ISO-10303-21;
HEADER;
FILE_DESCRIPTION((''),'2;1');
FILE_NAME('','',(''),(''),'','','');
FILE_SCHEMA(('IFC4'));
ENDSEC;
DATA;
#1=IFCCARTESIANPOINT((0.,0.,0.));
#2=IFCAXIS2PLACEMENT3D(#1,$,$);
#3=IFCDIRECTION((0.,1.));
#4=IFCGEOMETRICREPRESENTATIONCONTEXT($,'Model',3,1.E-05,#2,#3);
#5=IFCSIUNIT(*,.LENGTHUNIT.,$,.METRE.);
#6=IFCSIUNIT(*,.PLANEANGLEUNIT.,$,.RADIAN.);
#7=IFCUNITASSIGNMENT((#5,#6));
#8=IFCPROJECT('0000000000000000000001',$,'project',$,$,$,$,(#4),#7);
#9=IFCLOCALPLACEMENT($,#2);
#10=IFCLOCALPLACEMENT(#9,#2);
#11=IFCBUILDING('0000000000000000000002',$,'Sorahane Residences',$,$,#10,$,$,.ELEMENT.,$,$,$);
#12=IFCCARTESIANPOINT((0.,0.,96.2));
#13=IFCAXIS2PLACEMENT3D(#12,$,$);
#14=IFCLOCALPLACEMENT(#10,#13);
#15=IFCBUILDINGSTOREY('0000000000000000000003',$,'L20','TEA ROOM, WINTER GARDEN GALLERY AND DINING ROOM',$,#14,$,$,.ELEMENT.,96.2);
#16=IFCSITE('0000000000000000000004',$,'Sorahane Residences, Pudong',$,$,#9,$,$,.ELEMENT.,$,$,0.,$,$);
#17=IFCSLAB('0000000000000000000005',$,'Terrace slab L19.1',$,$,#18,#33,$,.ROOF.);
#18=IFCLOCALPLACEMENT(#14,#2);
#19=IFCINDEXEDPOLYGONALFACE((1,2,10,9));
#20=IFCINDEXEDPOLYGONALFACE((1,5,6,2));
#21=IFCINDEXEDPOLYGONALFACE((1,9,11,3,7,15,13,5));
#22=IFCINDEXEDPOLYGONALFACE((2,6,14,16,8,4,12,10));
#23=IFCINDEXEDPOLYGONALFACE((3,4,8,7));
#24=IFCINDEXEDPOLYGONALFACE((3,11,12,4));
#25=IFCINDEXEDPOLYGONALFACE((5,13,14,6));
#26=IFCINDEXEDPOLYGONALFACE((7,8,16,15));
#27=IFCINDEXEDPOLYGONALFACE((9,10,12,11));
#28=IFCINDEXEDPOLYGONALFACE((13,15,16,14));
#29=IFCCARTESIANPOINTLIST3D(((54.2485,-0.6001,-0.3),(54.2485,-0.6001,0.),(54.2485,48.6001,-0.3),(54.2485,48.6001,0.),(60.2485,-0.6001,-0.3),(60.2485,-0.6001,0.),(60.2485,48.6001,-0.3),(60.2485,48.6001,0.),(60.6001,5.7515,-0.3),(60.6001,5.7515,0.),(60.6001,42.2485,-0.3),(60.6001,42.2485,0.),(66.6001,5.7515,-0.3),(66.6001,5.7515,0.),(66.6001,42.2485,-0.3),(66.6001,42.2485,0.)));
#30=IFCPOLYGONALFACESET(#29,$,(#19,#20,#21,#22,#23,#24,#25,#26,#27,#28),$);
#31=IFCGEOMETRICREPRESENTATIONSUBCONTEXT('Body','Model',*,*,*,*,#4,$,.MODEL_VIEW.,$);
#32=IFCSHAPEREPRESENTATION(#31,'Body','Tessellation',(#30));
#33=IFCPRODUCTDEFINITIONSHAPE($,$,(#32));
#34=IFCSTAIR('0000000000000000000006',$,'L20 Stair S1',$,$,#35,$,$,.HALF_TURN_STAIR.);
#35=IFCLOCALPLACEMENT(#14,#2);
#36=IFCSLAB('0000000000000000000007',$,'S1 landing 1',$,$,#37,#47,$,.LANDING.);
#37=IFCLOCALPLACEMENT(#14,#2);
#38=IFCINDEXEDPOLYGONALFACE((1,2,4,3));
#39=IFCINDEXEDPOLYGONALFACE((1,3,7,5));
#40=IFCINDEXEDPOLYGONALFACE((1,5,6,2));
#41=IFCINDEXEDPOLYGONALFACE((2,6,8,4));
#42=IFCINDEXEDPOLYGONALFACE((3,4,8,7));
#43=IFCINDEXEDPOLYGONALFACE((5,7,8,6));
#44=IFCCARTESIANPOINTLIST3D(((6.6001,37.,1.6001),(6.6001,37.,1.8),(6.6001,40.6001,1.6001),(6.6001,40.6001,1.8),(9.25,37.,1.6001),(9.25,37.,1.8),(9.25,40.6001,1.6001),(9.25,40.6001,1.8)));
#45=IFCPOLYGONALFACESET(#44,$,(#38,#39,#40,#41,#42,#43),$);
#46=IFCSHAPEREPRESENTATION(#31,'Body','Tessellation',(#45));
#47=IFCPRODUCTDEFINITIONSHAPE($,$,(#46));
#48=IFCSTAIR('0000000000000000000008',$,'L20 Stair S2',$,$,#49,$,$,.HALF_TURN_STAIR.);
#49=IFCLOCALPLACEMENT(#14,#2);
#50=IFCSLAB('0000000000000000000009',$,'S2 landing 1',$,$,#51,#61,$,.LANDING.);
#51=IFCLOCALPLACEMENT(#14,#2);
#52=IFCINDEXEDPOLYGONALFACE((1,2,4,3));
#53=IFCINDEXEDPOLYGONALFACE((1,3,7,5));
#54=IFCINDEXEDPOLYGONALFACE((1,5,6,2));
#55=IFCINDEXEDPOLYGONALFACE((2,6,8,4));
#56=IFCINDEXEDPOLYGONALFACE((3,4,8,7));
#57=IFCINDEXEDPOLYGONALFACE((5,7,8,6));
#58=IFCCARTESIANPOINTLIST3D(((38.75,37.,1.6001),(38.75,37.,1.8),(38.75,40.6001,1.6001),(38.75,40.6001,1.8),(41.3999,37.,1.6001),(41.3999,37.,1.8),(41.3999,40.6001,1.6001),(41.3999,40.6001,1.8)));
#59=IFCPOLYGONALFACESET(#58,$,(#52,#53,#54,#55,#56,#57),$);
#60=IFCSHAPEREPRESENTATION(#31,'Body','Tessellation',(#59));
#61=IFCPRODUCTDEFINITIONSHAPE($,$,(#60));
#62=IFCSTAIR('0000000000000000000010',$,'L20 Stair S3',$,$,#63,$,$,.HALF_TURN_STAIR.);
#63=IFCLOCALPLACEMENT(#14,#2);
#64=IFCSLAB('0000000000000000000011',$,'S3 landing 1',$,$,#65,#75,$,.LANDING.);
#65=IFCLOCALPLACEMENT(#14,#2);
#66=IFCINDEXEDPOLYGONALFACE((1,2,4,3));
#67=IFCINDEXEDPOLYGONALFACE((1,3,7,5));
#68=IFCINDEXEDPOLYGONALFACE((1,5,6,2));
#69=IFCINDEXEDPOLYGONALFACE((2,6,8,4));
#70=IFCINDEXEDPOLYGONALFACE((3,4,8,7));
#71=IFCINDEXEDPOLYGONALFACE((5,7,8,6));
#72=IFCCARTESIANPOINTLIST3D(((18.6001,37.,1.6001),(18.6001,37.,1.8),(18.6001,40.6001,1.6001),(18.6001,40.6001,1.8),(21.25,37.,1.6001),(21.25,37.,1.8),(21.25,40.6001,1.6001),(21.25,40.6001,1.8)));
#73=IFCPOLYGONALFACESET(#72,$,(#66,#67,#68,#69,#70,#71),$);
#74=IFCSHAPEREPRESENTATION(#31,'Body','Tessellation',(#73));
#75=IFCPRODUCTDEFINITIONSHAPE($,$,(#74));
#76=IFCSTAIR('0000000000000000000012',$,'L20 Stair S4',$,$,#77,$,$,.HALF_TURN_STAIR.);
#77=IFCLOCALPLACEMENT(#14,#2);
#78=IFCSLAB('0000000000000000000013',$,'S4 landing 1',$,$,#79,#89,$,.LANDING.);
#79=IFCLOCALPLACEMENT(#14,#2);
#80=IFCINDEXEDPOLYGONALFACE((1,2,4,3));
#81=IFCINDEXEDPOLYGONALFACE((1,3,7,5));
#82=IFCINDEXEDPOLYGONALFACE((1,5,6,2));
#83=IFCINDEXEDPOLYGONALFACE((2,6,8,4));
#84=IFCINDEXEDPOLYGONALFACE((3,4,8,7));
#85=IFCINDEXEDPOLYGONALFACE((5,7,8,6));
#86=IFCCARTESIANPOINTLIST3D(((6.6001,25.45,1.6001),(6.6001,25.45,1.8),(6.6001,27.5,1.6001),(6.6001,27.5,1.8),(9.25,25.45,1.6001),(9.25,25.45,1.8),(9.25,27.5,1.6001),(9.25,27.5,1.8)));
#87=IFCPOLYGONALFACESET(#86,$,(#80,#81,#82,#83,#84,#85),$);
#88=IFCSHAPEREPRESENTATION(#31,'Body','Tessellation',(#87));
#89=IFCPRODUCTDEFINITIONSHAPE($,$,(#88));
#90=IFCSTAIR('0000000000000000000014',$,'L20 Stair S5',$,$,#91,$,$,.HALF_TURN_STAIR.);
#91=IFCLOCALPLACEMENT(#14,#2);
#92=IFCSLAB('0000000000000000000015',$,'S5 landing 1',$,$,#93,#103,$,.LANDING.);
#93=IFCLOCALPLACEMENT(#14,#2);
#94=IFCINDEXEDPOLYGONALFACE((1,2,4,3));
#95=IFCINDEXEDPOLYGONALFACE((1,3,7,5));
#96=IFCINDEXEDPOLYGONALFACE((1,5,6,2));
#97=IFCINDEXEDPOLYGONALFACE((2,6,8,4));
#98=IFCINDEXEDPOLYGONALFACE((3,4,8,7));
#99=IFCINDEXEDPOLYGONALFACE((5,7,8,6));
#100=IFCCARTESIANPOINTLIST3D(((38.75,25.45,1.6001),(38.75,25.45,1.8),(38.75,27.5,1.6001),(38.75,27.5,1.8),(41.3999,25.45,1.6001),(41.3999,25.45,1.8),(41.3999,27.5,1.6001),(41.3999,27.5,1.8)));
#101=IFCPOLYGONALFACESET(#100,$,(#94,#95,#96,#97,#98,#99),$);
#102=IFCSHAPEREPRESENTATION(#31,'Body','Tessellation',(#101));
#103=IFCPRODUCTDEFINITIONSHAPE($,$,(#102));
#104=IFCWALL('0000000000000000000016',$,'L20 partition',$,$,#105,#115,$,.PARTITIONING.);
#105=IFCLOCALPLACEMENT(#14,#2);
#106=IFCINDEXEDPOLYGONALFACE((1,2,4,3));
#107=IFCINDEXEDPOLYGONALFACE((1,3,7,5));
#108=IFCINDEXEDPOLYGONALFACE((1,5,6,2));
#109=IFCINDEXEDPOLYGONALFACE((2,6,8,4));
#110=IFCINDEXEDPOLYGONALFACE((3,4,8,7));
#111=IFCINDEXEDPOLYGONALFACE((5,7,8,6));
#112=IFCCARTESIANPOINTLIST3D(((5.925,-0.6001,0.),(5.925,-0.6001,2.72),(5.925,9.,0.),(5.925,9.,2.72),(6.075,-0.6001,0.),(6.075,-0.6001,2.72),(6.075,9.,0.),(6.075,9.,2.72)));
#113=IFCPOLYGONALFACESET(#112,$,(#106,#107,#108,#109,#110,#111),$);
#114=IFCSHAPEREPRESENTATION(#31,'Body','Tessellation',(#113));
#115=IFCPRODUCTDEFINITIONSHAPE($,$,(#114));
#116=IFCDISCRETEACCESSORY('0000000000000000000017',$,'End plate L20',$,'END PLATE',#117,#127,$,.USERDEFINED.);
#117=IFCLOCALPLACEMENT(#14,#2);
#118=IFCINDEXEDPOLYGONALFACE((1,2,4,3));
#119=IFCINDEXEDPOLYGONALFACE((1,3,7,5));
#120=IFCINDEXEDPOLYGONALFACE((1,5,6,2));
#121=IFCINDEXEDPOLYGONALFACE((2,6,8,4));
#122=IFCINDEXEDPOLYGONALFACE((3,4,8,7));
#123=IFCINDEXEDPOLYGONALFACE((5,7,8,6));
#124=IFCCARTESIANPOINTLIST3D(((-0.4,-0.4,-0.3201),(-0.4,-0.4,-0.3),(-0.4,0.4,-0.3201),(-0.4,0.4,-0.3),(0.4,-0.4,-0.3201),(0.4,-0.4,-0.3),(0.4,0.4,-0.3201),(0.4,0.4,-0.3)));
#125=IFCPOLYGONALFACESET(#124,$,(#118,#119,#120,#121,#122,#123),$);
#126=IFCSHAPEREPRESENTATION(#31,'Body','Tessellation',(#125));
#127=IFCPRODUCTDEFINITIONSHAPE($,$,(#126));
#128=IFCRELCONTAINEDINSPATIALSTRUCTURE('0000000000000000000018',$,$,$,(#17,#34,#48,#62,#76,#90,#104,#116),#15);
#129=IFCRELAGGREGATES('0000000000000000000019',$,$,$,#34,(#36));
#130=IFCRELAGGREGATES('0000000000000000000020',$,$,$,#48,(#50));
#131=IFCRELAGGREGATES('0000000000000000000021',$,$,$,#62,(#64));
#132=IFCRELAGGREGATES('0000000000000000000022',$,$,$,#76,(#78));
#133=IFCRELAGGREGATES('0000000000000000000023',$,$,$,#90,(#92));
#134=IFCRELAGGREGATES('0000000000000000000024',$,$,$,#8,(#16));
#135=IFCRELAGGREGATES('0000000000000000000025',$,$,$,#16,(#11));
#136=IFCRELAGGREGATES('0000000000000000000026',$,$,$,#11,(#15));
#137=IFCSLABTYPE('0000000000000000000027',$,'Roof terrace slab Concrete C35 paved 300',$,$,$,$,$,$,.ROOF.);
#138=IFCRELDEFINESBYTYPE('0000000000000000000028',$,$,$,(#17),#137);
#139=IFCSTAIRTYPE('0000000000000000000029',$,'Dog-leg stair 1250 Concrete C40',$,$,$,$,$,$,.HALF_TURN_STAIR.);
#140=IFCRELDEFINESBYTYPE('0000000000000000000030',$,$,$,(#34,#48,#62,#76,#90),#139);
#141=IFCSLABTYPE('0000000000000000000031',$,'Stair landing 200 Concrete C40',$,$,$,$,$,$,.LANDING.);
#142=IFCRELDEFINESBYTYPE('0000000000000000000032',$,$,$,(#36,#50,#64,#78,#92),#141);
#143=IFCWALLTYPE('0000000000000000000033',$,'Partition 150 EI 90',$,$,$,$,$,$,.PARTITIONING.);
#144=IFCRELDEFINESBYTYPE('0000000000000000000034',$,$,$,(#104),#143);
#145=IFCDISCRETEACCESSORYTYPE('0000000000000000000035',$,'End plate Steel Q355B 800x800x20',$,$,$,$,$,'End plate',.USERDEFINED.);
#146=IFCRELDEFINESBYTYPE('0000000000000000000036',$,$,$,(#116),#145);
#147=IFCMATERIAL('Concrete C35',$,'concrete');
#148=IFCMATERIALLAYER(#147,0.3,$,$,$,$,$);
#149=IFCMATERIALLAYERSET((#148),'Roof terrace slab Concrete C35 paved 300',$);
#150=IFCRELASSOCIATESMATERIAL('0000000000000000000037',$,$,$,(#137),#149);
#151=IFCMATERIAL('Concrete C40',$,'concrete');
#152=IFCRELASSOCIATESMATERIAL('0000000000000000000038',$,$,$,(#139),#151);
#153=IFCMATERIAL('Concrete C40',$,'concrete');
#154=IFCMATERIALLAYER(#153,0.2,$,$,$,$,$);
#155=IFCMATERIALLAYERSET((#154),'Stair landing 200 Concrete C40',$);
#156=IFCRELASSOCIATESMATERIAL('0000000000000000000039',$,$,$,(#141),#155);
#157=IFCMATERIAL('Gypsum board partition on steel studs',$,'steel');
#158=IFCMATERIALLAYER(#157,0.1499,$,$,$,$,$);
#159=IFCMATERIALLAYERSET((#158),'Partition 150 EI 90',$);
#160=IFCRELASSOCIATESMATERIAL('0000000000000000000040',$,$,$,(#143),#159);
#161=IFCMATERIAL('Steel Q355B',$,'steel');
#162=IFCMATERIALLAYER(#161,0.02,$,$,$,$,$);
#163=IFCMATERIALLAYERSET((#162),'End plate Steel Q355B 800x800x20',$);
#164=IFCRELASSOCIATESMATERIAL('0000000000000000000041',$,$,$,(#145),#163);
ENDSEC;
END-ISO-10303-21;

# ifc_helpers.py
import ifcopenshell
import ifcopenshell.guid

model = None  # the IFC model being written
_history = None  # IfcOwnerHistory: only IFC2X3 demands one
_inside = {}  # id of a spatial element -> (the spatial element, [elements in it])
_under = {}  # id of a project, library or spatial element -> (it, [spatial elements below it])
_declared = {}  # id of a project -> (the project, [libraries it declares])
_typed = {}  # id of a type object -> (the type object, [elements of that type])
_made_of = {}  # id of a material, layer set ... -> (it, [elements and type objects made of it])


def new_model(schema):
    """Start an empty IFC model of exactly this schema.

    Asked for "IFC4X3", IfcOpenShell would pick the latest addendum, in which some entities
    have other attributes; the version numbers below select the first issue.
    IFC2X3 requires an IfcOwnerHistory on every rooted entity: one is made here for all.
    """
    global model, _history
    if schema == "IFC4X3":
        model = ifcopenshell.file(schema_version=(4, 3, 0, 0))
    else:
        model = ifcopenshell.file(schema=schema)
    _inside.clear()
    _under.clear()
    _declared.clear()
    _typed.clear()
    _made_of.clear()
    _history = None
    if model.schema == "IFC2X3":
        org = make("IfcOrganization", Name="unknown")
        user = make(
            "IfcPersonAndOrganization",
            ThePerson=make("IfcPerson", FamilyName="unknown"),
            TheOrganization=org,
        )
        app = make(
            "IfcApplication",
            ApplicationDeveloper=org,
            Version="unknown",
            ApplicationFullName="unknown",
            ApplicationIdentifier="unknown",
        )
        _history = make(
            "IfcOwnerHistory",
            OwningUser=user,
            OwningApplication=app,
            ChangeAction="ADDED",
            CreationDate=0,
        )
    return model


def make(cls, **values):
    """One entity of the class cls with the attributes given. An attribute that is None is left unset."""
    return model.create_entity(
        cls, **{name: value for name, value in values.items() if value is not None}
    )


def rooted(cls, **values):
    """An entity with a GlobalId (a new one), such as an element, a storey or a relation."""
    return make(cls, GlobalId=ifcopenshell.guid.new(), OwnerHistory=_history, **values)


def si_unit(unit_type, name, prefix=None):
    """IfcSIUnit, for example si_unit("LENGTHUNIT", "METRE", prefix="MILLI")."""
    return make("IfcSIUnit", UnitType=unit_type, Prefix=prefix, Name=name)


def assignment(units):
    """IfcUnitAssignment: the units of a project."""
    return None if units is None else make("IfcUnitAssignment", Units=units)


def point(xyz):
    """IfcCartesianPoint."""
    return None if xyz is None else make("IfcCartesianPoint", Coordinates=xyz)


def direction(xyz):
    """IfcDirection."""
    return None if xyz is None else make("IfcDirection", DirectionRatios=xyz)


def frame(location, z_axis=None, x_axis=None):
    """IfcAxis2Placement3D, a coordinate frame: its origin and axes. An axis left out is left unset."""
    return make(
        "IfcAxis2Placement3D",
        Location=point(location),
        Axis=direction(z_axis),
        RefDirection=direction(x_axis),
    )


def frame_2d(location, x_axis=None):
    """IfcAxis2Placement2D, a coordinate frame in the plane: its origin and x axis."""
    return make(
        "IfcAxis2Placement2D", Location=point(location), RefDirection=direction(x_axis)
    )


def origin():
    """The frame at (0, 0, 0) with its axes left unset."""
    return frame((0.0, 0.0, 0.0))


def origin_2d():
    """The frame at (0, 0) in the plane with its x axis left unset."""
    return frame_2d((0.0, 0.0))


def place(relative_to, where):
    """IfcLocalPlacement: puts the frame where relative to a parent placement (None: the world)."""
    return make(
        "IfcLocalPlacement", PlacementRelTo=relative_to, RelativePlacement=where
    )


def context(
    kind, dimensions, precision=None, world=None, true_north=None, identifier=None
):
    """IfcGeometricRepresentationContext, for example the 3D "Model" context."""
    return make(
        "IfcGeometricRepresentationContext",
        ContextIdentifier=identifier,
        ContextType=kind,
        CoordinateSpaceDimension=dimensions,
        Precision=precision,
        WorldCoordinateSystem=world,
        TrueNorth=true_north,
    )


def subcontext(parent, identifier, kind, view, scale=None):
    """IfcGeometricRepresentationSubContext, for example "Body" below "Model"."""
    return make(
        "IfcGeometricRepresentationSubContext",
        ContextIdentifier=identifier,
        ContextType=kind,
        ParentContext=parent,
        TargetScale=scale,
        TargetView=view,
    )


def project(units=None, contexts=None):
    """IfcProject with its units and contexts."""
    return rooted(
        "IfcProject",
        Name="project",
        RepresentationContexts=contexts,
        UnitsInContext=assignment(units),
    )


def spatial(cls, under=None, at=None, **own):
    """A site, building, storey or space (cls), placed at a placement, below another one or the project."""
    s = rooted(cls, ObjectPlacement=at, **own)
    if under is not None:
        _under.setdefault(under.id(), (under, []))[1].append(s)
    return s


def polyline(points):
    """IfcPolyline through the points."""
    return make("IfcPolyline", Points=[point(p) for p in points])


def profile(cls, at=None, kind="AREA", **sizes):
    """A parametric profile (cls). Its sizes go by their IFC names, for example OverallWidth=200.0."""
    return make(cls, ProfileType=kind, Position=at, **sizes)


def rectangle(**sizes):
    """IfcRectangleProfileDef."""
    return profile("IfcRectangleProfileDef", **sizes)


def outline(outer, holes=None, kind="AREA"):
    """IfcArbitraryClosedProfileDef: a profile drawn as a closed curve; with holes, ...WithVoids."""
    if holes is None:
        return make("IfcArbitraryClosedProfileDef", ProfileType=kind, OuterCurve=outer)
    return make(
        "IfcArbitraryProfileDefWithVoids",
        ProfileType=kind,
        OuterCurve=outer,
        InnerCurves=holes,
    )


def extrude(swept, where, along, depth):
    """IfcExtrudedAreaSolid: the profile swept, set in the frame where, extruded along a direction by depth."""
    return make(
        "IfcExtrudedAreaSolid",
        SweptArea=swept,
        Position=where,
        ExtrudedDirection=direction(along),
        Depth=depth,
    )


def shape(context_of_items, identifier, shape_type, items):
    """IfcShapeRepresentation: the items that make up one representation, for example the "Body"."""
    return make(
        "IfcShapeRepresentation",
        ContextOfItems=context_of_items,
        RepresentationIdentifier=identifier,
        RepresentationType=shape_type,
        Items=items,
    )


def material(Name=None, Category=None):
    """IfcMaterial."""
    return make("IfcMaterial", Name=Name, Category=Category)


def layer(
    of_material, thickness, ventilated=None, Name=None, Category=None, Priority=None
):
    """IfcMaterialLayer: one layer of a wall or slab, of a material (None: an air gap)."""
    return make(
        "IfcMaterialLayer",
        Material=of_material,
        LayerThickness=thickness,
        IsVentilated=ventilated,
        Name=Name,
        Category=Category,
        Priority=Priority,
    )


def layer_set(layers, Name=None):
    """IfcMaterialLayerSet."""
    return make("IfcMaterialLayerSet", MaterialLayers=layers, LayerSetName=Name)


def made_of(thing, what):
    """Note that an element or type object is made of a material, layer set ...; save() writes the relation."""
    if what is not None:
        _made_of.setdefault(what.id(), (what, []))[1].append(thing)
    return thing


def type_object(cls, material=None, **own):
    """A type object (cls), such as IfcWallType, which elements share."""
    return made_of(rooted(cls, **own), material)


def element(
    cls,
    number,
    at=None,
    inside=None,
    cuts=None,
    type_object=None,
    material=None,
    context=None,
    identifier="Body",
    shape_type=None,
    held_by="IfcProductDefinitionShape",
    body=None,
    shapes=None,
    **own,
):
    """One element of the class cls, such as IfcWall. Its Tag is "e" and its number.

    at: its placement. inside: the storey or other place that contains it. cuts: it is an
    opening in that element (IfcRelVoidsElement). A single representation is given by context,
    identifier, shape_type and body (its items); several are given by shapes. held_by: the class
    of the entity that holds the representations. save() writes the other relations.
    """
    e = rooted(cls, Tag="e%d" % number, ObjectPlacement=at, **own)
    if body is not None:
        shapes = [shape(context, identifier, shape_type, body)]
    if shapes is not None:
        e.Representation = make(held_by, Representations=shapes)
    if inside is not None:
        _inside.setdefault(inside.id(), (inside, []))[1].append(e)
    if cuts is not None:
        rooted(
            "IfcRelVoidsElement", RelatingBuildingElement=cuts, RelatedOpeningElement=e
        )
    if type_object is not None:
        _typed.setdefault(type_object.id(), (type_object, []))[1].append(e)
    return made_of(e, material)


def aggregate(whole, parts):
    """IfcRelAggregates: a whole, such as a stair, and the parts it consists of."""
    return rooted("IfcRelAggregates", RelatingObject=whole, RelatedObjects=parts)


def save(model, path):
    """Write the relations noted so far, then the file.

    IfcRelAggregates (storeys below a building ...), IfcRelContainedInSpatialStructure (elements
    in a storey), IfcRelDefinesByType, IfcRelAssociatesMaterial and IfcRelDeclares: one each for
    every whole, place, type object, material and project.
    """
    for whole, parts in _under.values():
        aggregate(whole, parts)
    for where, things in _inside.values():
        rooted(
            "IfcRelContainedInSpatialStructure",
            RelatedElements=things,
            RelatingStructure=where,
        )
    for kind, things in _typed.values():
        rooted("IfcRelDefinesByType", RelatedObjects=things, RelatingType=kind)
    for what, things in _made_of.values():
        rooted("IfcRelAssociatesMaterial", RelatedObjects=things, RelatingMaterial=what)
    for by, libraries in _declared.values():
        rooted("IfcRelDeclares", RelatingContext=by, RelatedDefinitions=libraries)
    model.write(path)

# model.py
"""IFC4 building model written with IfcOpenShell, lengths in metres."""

from ifc_helpers import new_model, si_unit, direction, frame, frame_2d, origin, origin_2d, place, context, subcontext, project, spatial, polyline, rectangle, outline, extrude, material, layer, layer_set, type_object, element, aggregate, save


model = new_model("IFC4")

# Units and contexts
model_context = context("Model", 3, precision=1e-05, world=origin(), true_north=direction((0.0, 1.0)))
body_context = subcontext(model_context, "Body", "Model", "MODEL_VIEW")
ifc_project = project(units=[si_unit("LENGTHUNIT", "METRE"), si_unit("PLANEANGLEUNIT", "RADIAN")], contexts=[model_context])

# Site, building, storey
site_placement = place(None, origin())
site = spatial("IfcSite", under=ifc_project, at=site_placement, Name="Sorahane Residences, Pudong", CompositionType="ELEMENT", RefElevation=0.0)
building_placement = place(site_placement, origin())
building = spatial("IfcBuilding", under=site, at=building_placement, Name="Sorahane Residences", CompositionType="ELEMENT")
storey_placement = place(building_placement, frame((0.0, 0.0, 96.2)))
storey = spatial("IfcBuildingStorey", under=building, at=storey_placement, Name="L20", Description="TEA ROOM, WINTER GARDEN GALLERY AND DINING ROOM", CompositionType="ELEMENT", Elevation=96.2)

# Slab
ifc_material_1 = material(Name="Concrete C35", Category="concrete")
ifc_layer_1 = layer(ifc_material_1, 0.3)
ifc_layer_set_1 = layer_set([ifc_layer_1], Name="Roof terrace slab Concrete C35 paved 300")
slab_type_1 = type_object("IfcSlabType", Name="Roof terrace slab Concrete C35 paved 300", PredefinedType="ROOF", material=ifc_layer_set_1)
slab_1_placement = place(storey_placement, frame((0.0, 0.0, -0.3)))
element("IfcSlab", 1, at=slab_1_placement, inside=storey, type_object=slab_type_1, Name="Terrace slab L19.1", PredefinedType="ROOF", context=body_context, shape_type="SweptSolid", body=[
    extrude(outline(polyline([(60.2485, 48.6001), (66.6001, 42.2485), (66.6001, 5.7515), (60.2485, -0.6001), (54.2485, -0.6001), (60.6001, 5.7515), (60.6001, 42.2485), (54.2485, 48.6001), (60.2485, 48.6001)])), origin(), (0.0, 0.0, 1.0), 0.3),
])

# Stairs, slabs
ifc_material_2 = material(Name="Concrete C40", Category="concrete")
stair_type = type_object("IfcStairType", Name="Dog-leg stair 1250 Concrete C40", PredefinedType="HALF_TURN_STAIR", material=ifc_material_2)
stair_1_placement = place(storey_placement, origin())
stair_1 = element("IfcStair", 2, at=stair_1_placement, inside=storey, type_object=stair_type, Name="L20 Stair S1", PredefinedType="HALF_TURN_STAIR")
ifc_material_3 = material(Name="Concrete C40", Category="concrete")
ifc_layer_2 = layer(ifc_material_3, 0.2)
ifc_layer_set_2 = layer_set([ifc_layer_2], Name="Stair landing 200 Concrete C40")
slab_type_2 = type_object("IfcSlabType", Name="Stair landing 200 Concrete C40", PredefinedType="LANDING", material=ifc_layer_set_2)
slab_2_placement = place(storey_placement, frame((0.0, 0.0, 1.6001)))
slab_2 = element("IfcSlab", 3, at=slab_2_placement, type_object=slab_type_2, Name="S1 landing 1", PredefinedType="LANDING", context=body_context, shape_type="SweptSolid", body=[
    extrude(outline(polyline([(6.6001, 40.6001), (6.6001, 37.0), (9.25, 37.0), (9.25, 40.6001), (6.6001, 40.6001)])), origin(), (0.0, 0.0, 1.0), 0.2),
])
aggregate(stair_1, [slab_2])
stair_2_placement = place(storey_placement, origin())
stair_2 = element("IfcStair", 4, at=stair_2_placement, inside=storey, type_object=stair_type, Name="L20 Stair S2", PredefinedType="HALF_TURN_STAIR")
slab_3_placement = place(storey_placement, frame((0.0, 0.0, 1.6001)))
slab_3 = element("IfcSlab", 5, at=slab_3_placement, type_object=slab_type_2, Name="S2 landing 1", PredefinedType="LANDING", context=body_context, shape_type="SweptSolid", body=[
    extrude(outline(polyline([(38.75, 40.6001), (38.75, 37.0), (41.3999, 37.0), (41.3999, 40.6001), (38.75, 40.6001)])), origin(), (0.0, 0.0, 1.0), 0.2),
])
aggregate(stair_2, [slab_3])
stair_3_placement = place(storey_placement, origin())
stair_3 = element("IfcStair", 6, at=stair_3_placement, inside=storey, type_object=stair_type, Name="L20 Stair S3", PredefinedType="HALF_TURN_STAIR")
slab_4_placement = place(storey_placement, frame((0.0, 0.0, 1.6001)))
slab_4 = element("IfcSlab", 7, at=slab_4_placement, type_object=slab_type_2, Name="S3 landing 1", PredefinedType="LANDING", context=body_context, shape_type="SweptSolid", body=[
    extrude(outline(polyline([(18.6001, 40.6001), (18.6001, 37.0), (21.25, 37.0), (21.25, 40.6001), (18.6001, 40.6001)])), origin(), (0.0, 0.0, 1.0), 0.2),
])
aggregate(stair_3, [slab_4])
stair_4_placement = place(storey_placement, origin())
stair_4 = element("IfcStair", 8, at=stair_4_placement, inside=storey, type_object=stair_type, Name="L20 Stair S4", PredefinedType="HALF_TURN_STAIR")
slab_5_placement = place(storey_placement, frame((0.0, 0.0, 1.6001)))
slab_5 = element("IfcSlab", 9, at=slab_5_placement, type_object=slab_type_2, Name="S4 landing 1", PredefinedType="LANDING", context=body_context, shape_type="SweptSolid", body=[
    extrude(outline(polyline([(9.25, 25.45), (9.25, 27.5), (6.6001, 27.5), (6.6001, 25.45), (9.25, 25.45)])), origin(), (0.0, 0.0, 1.0), 0.2),
])
aggregate(stair_4, [slab_5])
stair_5_placement = place(storey_placement, origin())
stair_5 = element("IfcStair", 10, at=stair_5_placement, inside=storey, type_object=stair_type, Name="L20 Stair S5", PredefinedType="HALF_TURN_STAIR")
slab_6_placement = place(storey_placement, frame((0.0, 0.0, 1.6001)))
slab_6 = element("IfcSlab", 11, at=slab_6_placement, type_object=slab_type_2, Name="S5 landing 1", PredefinedType="LANDING", context=body_context, shape_type="SweptSolid", body=[
    extrude(outline(polyline([(41.3999, 25.45), (41.3999, 27.5), (38.75, 27.5), (38.75, 25.45), (41.3999, 25.45)])), origin(), (0.0, 0.0, 1.0), 0.2),
])
aggregate(stair_5, [slab_6])

# Wall
ifc_material_4 = material(Name="Gypsum board partition on steel studs", Category="steel")
ifc_layer_3 = layer(ifc_material_4, 0.1499)
ifc_layer_set_3 = layer_set([ifc_layer_3], Name="Partition 150 EI 90")
wall_type = type_object("IfcWallType", Name="Partition 150 EI 90", PredefinedType="PARTITIONING", material=ifc_layer_set_3)
wall_placement = place(storey_placement, frame((6.0, -0.6001, 0.0), z_axis=(0.0, 0.0, 1.0), x_axis=(0.0, 1.0, 0.0)))
element("IfcWall", 12, at=wall_placement, inside=storey, type_object=wall_type, Name="L20 partition", PredefinedType="PARTITIONING", context=body_context, shape_type="SweptSolid", body=[
    extrude(rectangle(XDim=9.6001, YDim=0.1499, at=frame_2d((4.8, 0.0))), origin(), (0.0, 0.0, 1.0), 2.72),
])

# Discrete accessory
ifc_material_5 = material(Name="Steel Q355B", Category="steel")
ifc_layer_4 = layer(ifc_material_5, 0.02)
ifc_layer_set_4 = layer_set([ifc_layer_4], Name="End plate Steel Q355B 800x800x20")
discrete_accessory_type = type_object("IfcDiscreteAccessoryType", Name="End plate Steel Q355B 800x800x20", ElementType="End plate", PredefinedType="USERDEFINED", material=ifc_layer_set_4)
discrete_accessory_placement = place(storey_placement, frame((0.0, 0.0, -0.3201), z_axis=(0.0, 0.0, 1.0), x_axis=(1.0, 0.0, 0.0)))
element("IfcDiscreteAccessory", 13, at=discrete_accessory_placement, inside=storey, type_object=discrete_accessory_type, Name="End plate L20", ObjectType="END PLATE", PredefinedType="USERDEFINED", context=body_context, shape_type="SweptSolid", body=[
    extrude(rectangle(XDim=0.8, YDim=0.8, at=origin_2d()), origin(), (0.0, 0.0, 1.0), 0.02),
])

save(model, "model.ifc")
